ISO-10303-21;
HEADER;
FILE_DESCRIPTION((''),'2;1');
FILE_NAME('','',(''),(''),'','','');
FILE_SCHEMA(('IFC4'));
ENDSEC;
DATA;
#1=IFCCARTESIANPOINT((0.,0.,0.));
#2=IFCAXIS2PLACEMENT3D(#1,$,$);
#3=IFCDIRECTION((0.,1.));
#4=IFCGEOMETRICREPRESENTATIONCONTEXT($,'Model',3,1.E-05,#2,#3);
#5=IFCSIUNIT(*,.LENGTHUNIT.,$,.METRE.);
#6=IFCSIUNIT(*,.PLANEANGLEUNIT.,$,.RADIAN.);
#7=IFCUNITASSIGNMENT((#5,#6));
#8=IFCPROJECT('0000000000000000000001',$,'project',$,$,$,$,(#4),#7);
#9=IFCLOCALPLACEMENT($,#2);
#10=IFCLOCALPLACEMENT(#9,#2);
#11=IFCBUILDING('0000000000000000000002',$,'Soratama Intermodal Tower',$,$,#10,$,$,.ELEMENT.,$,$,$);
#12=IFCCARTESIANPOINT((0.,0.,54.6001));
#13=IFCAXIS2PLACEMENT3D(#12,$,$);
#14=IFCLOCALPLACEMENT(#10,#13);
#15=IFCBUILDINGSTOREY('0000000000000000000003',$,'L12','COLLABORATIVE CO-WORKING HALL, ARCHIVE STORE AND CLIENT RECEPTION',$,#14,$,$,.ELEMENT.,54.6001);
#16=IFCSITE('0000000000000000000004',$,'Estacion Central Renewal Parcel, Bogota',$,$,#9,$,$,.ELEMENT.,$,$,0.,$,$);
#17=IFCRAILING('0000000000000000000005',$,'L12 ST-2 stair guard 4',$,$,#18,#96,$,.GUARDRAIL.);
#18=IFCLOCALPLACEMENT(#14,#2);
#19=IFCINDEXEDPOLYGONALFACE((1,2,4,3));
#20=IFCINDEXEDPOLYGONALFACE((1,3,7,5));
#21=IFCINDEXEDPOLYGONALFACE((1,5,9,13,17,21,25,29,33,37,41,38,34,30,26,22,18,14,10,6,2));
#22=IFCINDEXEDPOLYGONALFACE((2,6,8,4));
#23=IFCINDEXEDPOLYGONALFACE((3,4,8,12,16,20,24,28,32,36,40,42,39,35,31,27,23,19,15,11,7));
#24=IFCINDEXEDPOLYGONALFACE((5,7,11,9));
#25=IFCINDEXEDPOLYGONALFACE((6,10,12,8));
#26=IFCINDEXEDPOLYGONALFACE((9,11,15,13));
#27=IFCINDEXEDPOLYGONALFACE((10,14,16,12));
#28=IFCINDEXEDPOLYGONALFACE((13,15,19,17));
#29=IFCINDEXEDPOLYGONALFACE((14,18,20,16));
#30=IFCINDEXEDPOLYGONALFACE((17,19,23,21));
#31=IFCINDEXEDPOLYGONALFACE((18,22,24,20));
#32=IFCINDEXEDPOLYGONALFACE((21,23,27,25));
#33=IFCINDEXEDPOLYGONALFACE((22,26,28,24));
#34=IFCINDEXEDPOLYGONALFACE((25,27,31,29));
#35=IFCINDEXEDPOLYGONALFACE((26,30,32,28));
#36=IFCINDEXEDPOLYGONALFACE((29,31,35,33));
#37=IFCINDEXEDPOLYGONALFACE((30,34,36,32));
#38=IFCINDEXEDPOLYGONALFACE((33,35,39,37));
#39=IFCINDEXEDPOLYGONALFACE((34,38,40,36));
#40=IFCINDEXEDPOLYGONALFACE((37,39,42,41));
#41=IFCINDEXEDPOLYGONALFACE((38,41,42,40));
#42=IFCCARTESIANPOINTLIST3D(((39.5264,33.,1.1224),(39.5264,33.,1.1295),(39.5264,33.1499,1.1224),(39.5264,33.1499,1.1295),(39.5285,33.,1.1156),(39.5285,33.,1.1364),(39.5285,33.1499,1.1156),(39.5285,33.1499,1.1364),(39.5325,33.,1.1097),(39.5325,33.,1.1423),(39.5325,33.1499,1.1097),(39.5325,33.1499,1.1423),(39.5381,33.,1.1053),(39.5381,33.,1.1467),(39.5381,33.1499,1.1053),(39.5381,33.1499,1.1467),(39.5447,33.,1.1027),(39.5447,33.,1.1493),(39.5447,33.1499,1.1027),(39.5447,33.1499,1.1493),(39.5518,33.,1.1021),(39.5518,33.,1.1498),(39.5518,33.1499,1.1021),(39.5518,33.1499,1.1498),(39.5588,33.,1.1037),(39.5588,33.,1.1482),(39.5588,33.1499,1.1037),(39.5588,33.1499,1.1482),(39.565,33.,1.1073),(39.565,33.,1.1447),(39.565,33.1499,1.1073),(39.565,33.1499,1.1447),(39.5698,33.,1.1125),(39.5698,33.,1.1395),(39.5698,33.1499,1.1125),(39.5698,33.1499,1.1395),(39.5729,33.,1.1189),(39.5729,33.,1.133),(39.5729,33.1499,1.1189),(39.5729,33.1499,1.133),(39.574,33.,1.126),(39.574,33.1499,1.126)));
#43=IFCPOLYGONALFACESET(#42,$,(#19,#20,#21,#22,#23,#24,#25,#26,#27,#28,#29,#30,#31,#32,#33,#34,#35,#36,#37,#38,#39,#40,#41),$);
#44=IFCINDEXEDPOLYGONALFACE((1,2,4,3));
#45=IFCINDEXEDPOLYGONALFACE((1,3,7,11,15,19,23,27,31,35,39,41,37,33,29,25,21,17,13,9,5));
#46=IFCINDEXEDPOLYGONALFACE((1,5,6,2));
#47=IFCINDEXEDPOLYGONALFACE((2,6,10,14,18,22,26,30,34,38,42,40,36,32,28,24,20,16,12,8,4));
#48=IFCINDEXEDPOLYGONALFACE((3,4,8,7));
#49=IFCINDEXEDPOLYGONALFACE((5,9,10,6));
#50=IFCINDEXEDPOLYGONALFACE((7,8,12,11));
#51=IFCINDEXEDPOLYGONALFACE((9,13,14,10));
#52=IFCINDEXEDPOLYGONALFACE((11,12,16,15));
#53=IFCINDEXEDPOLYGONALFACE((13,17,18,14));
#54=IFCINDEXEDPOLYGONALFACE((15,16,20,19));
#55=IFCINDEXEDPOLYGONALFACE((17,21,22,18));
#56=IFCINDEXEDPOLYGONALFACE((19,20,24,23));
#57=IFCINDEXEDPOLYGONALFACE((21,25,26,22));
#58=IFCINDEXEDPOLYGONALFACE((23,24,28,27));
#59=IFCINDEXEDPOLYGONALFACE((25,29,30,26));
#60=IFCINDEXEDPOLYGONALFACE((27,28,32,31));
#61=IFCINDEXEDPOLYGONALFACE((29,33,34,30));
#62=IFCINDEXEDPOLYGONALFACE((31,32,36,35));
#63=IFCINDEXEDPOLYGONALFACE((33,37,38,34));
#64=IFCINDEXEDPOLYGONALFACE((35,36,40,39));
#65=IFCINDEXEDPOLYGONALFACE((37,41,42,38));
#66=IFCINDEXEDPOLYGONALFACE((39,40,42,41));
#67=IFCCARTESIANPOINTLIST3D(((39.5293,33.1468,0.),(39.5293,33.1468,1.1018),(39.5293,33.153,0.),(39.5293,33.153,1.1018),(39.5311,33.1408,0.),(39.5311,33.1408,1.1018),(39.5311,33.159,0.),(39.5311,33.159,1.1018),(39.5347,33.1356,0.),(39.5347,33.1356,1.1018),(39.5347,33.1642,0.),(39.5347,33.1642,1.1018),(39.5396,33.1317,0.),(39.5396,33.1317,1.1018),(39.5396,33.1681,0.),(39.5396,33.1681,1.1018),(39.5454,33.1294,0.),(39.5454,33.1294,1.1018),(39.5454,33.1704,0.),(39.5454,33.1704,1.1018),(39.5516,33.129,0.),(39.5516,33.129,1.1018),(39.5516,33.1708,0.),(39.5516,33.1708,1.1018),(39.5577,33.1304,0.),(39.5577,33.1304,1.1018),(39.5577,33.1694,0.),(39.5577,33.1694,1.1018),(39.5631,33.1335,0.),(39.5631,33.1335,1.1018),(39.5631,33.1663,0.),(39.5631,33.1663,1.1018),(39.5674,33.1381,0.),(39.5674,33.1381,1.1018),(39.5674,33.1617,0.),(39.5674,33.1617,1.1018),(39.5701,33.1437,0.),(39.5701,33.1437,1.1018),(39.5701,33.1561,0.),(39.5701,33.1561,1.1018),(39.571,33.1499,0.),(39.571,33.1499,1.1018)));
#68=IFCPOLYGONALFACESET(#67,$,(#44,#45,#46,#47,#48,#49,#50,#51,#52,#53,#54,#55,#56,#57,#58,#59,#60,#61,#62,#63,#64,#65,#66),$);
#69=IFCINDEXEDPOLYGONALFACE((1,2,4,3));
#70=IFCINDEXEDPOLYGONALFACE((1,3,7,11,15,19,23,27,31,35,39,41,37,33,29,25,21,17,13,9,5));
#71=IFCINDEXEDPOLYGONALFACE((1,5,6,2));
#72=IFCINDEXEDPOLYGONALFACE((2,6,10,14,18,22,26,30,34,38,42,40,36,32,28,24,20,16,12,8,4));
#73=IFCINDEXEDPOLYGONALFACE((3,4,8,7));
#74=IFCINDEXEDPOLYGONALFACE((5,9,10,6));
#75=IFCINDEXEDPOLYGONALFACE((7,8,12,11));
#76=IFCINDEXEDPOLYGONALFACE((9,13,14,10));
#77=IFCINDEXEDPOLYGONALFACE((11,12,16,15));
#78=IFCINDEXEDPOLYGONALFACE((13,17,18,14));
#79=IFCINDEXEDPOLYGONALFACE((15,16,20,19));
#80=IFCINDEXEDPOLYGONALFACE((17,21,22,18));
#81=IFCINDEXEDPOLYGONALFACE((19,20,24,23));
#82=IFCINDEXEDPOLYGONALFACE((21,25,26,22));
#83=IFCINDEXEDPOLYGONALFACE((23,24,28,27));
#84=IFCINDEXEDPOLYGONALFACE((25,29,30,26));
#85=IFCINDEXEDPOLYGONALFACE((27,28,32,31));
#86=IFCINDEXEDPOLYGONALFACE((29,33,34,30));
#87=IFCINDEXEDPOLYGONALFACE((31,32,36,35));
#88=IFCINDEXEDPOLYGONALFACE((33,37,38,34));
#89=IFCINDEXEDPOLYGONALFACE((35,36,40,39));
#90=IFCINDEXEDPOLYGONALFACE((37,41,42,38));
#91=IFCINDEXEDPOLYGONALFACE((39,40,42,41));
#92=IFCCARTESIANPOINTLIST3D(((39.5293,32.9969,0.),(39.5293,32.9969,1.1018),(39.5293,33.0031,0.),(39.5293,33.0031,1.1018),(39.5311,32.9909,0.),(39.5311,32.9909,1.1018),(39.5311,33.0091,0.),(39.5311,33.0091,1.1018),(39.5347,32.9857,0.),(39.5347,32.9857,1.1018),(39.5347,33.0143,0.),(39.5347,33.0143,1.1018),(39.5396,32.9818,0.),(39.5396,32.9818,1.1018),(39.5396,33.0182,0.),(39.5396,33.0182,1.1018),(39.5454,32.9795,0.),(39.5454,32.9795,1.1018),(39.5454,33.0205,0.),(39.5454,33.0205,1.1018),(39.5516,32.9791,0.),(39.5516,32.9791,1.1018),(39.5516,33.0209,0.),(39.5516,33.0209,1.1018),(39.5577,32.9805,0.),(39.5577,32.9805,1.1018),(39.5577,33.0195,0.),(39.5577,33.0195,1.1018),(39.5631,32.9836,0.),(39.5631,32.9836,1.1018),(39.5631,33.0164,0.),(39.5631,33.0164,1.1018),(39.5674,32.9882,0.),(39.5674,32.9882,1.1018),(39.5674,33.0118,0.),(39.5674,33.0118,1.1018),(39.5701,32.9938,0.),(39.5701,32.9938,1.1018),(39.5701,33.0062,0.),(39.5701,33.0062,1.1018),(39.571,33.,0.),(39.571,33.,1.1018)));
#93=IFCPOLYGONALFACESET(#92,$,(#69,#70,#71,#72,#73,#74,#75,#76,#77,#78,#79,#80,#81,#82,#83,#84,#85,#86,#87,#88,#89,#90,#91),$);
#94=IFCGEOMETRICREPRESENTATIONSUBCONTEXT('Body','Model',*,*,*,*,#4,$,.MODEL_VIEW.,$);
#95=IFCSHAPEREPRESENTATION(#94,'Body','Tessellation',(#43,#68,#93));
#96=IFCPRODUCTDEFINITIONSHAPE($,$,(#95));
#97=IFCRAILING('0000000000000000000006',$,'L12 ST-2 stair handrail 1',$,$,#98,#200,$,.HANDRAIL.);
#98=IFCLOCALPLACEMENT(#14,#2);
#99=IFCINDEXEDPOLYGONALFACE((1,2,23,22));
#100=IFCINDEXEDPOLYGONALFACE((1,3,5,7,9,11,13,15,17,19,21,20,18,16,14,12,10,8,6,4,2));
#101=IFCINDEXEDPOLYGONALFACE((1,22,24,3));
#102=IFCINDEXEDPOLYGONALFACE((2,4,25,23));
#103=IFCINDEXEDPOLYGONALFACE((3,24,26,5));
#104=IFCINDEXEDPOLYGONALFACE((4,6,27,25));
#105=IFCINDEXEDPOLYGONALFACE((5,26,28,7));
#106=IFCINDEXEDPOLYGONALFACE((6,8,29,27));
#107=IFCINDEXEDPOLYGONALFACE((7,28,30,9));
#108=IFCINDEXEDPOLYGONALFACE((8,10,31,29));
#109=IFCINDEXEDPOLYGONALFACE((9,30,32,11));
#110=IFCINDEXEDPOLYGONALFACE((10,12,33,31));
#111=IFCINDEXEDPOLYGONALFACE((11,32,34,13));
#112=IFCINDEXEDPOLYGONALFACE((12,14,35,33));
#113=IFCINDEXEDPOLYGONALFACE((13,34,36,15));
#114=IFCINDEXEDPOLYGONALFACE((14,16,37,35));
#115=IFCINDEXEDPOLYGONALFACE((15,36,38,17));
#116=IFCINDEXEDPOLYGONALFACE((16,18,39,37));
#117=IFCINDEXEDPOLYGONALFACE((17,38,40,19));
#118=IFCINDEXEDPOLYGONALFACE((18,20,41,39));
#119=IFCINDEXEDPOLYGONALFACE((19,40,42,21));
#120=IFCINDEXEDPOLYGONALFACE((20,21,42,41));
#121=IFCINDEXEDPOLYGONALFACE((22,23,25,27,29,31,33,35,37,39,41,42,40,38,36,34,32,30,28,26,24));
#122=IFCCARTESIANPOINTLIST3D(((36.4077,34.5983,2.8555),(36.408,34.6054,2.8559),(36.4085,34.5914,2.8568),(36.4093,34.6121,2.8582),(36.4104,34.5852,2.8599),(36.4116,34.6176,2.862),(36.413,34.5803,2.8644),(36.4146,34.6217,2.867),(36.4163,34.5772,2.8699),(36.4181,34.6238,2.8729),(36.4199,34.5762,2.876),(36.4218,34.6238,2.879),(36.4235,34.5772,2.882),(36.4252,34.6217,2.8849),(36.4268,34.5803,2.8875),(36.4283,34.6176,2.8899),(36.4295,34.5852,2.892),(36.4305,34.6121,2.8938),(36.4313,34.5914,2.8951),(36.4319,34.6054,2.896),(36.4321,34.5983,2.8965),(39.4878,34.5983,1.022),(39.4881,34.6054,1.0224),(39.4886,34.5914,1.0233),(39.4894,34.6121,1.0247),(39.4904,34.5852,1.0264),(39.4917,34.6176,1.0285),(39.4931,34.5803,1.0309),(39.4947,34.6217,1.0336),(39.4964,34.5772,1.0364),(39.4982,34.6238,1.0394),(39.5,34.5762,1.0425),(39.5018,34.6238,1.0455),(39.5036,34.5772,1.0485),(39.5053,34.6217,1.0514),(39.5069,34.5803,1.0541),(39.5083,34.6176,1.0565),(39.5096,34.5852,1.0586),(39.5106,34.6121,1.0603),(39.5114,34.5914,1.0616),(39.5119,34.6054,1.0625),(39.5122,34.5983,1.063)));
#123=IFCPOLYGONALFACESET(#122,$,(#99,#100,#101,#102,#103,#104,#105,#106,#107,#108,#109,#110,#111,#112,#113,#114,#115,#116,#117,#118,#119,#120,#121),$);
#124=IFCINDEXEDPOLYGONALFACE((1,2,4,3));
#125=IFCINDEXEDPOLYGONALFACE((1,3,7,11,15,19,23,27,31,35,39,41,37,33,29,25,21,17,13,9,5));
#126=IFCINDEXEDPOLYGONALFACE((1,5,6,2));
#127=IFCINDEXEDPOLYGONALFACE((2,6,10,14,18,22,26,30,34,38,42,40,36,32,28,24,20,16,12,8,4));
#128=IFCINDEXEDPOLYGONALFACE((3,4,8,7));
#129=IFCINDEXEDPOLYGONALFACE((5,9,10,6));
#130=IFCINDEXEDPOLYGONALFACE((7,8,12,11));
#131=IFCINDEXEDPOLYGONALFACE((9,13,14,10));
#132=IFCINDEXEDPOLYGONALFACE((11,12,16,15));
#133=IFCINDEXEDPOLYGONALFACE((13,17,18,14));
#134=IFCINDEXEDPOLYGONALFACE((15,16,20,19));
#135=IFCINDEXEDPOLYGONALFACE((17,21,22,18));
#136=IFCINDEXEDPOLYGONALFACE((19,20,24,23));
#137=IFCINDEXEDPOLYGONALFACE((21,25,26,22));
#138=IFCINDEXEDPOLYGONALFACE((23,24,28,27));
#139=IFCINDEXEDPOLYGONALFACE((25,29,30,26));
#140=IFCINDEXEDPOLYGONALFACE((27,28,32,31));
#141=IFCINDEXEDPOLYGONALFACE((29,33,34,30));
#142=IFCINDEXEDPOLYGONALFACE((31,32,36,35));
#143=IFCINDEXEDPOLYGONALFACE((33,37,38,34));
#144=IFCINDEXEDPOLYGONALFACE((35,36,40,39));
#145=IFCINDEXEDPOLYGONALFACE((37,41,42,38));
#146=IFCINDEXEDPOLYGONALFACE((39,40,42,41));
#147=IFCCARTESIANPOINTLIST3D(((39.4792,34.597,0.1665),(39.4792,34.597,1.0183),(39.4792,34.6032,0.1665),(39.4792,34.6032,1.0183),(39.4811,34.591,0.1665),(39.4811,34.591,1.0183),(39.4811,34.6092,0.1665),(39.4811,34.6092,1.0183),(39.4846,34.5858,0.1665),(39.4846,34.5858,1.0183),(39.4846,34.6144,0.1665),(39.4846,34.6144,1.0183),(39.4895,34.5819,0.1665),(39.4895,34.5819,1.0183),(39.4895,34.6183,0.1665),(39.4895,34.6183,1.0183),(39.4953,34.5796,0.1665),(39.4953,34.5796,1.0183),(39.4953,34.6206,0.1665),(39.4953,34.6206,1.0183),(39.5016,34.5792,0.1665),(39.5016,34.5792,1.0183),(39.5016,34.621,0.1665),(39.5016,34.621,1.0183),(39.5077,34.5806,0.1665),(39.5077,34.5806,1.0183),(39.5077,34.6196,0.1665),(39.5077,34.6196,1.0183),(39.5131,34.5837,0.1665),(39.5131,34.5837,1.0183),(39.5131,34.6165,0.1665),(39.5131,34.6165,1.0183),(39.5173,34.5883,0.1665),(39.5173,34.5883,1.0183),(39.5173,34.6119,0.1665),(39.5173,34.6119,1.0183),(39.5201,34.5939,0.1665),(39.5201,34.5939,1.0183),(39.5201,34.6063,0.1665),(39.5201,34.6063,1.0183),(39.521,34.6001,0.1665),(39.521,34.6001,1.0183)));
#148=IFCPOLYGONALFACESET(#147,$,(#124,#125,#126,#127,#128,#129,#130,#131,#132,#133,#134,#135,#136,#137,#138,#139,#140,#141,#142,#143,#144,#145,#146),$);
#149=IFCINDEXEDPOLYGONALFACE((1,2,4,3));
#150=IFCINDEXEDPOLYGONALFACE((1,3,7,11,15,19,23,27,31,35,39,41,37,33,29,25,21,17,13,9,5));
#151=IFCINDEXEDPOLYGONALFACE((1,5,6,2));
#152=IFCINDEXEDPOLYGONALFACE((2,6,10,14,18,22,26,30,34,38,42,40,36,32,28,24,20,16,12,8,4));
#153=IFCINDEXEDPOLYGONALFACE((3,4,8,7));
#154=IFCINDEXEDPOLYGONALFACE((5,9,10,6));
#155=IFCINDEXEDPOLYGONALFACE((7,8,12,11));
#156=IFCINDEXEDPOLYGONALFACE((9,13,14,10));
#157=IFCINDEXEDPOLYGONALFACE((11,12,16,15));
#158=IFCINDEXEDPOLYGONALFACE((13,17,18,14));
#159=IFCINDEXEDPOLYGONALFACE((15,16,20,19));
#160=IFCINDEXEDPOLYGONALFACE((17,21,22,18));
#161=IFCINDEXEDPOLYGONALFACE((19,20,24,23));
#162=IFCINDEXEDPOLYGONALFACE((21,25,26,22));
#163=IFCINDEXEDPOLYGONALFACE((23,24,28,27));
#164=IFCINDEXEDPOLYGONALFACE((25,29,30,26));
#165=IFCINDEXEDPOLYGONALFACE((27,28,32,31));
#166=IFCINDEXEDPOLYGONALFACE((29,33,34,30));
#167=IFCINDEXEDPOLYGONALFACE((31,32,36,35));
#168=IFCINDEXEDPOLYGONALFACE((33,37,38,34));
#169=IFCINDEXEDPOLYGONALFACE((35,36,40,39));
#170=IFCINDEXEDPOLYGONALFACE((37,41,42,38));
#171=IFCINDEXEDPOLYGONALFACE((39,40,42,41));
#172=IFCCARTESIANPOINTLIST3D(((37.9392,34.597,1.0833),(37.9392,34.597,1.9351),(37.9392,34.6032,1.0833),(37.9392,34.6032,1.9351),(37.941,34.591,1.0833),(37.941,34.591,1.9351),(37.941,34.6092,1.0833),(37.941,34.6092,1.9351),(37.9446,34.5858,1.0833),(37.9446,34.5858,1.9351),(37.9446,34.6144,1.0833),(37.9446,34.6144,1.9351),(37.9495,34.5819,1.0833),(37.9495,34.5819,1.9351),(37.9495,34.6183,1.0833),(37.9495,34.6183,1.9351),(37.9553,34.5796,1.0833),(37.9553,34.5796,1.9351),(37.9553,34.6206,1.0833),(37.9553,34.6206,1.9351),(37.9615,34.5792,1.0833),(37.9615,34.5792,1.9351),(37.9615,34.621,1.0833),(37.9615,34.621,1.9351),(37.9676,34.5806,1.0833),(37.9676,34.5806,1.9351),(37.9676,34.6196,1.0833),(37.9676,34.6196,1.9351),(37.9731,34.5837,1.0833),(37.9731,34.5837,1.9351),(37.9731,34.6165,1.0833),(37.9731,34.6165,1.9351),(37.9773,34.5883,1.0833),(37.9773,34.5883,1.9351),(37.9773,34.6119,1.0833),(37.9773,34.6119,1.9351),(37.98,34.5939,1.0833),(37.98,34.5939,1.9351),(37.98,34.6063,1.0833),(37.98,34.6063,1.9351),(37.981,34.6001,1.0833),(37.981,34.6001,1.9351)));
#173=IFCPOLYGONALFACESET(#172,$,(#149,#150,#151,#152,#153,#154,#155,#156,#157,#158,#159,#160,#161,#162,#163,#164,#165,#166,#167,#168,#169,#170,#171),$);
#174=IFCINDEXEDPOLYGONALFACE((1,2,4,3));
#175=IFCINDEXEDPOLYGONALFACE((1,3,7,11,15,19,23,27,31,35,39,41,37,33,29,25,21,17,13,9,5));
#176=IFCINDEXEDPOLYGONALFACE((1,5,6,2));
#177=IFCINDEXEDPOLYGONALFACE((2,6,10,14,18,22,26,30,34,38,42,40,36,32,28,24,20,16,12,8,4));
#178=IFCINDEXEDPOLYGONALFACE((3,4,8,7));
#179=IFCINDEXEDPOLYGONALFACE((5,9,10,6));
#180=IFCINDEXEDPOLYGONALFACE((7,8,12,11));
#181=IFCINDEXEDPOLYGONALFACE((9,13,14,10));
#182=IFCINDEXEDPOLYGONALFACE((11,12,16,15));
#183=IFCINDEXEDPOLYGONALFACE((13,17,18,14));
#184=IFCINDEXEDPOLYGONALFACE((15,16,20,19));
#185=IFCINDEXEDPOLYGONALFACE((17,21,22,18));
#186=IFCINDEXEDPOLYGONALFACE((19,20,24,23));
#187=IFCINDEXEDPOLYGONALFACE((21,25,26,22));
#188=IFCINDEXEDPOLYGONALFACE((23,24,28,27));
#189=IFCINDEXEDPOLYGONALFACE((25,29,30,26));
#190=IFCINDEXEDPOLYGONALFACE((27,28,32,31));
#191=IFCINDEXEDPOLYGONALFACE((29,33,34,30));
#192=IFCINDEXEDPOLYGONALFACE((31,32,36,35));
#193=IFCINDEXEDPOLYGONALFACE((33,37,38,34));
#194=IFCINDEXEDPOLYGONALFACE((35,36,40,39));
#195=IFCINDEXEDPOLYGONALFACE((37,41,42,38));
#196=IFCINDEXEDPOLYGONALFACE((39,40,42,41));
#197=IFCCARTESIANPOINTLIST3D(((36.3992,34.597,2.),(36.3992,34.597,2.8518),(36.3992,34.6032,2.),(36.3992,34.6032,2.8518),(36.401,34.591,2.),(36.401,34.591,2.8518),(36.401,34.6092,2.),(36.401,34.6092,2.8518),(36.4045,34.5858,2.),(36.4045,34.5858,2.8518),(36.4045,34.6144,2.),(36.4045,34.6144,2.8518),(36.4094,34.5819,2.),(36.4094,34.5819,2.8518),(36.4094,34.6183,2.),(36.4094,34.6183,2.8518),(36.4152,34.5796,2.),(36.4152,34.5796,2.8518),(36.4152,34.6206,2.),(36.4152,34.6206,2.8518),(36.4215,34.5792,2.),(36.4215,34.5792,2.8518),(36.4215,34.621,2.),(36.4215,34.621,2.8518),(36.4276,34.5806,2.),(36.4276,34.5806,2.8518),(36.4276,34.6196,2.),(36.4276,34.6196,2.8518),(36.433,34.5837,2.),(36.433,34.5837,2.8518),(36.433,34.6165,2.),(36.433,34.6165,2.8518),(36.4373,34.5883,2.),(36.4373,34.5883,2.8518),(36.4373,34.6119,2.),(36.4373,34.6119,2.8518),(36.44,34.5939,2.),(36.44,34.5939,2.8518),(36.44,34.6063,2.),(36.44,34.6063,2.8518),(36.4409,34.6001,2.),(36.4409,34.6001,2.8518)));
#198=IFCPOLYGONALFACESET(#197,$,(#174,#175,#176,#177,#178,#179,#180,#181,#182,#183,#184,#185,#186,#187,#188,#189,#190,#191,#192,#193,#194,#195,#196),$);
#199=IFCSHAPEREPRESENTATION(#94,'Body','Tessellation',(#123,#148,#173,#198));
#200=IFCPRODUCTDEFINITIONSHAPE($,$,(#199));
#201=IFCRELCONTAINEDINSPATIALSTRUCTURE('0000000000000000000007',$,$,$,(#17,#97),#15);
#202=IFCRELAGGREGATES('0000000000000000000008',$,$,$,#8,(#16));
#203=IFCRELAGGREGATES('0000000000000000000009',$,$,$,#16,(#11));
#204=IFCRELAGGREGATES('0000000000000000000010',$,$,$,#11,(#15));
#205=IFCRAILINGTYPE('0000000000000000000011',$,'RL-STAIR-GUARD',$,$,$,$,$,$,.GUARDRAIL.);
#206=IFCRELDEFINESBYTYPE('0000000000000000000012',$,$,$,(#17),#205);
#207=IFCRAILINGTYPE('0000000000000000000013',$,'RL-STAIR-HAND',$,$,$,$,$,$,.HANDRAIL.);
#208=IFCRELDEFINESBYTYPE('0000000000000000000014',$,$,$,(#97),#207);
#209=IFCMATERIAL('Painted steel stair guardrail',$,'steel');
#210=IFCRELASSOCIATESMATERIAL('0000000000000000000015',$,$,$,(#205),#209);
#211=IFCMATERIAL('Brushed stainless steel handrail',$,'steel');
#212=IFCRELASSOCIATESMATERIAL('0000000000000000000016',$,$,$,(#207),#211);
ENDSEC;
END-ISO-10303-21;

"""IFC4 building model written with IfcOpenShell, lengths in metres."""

from ifc_helpers import new_model, si_unit, direction, frame, origin, origin_2d, place, context, subcontext, project, spatial, circle, extrude, material, type_object, element, save


model = new_model("IFC4")

# Units and contexts
model_context = context("Model", 3, precision=1e-05, world=origin(), true_north=direction((0.0, 1.0)))
body_context = subcontext(model_context, "Body", "Model", "MODEL_VIEW")
ifc_project = project(units=[si_unit("LENGTHUNIT", "METRE"), si_unit("PLANEANGLEUNIT", "RADIAN")], contexts=[model_context])

# Site, building, storey
site_placement = place(None, origin())
site = spatial("IfcSite", under=ifc_project, at=site_placement, Name="Estacion Central Renewal Parcel, Bogota", CompositionType="ELEMENT", RefElevation=0.0)
building_placement = place(site_placement, origin())
building = spatial("IfcBuilding", under=site, at=building_placement, Name="Soratama Intermodal Tower", CompositionType="ELEMENT")
storey_placement = place(building_placement, frame((0.0, 0.0, 54.6001)))
storey = spatial("IfcBuildingStorey", under=building, at=storey_placement, Name="L12", Description="COLLABORATIVE CO-WORKING HALL, ARCHIVE STORE AND CLIENT RECEPTION", CompositionType="ELEMENT", Elevation=54.6001)

# Railings
ifc_material_1 = material(Name="Painted steel stair guardrail", Category="steel")
railing_type_1 = type_object("IfcRailingType", Name="RL-STAIR-GUARD", PredefinedType="GUARDRAIL", material=ifc_material_1)
railing_1_placement = place(storey_placement, frame((39.55, 33.1499, 0.0)))
element("IfcRailing", 1, at=railing_1_placement, inside=storey, type_object=railing_type_1, Name="L12 ST-2 stair guard 4", PredefinedType="GUARDRAIL", context=body_context, shape_type="SweptSolid", body=[
    extrude(circle(Radius=0.0239, at=origin_2d()), frame((0.0, 0.0, 1.126), z_axis=(0.0, -1.0, 0.0), x_axis=(1.0, 0.0, 0.0)), (0.0, 0.0, 1.0), 0.1499),
    extrude(circle(Radius=0.021, at=origin_2d()), origin(), (0.0, 0.0, 1.0), 1.1018),
    extrude(circle(Radius=0.021, at=origin_2d()), frame((0.0, -0.1499, 0.0)), (0.0, 0.0, 1.0), 1.1018),
])
ifc_material_2 = material(Name="Brushed stainless steel handrail", Category="steel")
railing_type_2 = type_object("IfcRailingType", Name="RL-STAIR-HAND", PredefinedType="HANDRAIL", material=ifc_material_2)
railing_2_placement = place(storey_placement, frame((39.5, 34.6001, 0.1665)))
element("IfcRailing", 2, at=railing_2_placement, inside=storey, type_object=railing_type_2, Name="L12 ST-2 stair handrail 1", PredefinedType="HANDRAIL", context=body_context, shape_type="SweptSolid", body=[
    extrude(circle(Radius=0.0239, at=origin_2d()), frame((0.0, 0.0, 0.876), z_axis=(-0.859279, 0.0, 0.511508), x_axis=(0.0, -1.0, 0.0)), (0.0, 0.0, 1.0), 3.5845),
    extrude(circle(Radius=0.021, at=origin_2d()), origin(), (0.0, 0.0, 1.0), 0.8518),
    extrude(circle(Radius=0.021, at=origin_2d()), frame((-1.54, 0.0, 0.9167)), (0.0, 0.0, 1.0), 0.8518),
    extrude(circle(Radius=0.021, at=origin_2d()), frame((-3.0801, 0.0, 1.8335)), (0.0, 0.0, 1.0), 0.8518),
])

save(model, "model.ifc")
